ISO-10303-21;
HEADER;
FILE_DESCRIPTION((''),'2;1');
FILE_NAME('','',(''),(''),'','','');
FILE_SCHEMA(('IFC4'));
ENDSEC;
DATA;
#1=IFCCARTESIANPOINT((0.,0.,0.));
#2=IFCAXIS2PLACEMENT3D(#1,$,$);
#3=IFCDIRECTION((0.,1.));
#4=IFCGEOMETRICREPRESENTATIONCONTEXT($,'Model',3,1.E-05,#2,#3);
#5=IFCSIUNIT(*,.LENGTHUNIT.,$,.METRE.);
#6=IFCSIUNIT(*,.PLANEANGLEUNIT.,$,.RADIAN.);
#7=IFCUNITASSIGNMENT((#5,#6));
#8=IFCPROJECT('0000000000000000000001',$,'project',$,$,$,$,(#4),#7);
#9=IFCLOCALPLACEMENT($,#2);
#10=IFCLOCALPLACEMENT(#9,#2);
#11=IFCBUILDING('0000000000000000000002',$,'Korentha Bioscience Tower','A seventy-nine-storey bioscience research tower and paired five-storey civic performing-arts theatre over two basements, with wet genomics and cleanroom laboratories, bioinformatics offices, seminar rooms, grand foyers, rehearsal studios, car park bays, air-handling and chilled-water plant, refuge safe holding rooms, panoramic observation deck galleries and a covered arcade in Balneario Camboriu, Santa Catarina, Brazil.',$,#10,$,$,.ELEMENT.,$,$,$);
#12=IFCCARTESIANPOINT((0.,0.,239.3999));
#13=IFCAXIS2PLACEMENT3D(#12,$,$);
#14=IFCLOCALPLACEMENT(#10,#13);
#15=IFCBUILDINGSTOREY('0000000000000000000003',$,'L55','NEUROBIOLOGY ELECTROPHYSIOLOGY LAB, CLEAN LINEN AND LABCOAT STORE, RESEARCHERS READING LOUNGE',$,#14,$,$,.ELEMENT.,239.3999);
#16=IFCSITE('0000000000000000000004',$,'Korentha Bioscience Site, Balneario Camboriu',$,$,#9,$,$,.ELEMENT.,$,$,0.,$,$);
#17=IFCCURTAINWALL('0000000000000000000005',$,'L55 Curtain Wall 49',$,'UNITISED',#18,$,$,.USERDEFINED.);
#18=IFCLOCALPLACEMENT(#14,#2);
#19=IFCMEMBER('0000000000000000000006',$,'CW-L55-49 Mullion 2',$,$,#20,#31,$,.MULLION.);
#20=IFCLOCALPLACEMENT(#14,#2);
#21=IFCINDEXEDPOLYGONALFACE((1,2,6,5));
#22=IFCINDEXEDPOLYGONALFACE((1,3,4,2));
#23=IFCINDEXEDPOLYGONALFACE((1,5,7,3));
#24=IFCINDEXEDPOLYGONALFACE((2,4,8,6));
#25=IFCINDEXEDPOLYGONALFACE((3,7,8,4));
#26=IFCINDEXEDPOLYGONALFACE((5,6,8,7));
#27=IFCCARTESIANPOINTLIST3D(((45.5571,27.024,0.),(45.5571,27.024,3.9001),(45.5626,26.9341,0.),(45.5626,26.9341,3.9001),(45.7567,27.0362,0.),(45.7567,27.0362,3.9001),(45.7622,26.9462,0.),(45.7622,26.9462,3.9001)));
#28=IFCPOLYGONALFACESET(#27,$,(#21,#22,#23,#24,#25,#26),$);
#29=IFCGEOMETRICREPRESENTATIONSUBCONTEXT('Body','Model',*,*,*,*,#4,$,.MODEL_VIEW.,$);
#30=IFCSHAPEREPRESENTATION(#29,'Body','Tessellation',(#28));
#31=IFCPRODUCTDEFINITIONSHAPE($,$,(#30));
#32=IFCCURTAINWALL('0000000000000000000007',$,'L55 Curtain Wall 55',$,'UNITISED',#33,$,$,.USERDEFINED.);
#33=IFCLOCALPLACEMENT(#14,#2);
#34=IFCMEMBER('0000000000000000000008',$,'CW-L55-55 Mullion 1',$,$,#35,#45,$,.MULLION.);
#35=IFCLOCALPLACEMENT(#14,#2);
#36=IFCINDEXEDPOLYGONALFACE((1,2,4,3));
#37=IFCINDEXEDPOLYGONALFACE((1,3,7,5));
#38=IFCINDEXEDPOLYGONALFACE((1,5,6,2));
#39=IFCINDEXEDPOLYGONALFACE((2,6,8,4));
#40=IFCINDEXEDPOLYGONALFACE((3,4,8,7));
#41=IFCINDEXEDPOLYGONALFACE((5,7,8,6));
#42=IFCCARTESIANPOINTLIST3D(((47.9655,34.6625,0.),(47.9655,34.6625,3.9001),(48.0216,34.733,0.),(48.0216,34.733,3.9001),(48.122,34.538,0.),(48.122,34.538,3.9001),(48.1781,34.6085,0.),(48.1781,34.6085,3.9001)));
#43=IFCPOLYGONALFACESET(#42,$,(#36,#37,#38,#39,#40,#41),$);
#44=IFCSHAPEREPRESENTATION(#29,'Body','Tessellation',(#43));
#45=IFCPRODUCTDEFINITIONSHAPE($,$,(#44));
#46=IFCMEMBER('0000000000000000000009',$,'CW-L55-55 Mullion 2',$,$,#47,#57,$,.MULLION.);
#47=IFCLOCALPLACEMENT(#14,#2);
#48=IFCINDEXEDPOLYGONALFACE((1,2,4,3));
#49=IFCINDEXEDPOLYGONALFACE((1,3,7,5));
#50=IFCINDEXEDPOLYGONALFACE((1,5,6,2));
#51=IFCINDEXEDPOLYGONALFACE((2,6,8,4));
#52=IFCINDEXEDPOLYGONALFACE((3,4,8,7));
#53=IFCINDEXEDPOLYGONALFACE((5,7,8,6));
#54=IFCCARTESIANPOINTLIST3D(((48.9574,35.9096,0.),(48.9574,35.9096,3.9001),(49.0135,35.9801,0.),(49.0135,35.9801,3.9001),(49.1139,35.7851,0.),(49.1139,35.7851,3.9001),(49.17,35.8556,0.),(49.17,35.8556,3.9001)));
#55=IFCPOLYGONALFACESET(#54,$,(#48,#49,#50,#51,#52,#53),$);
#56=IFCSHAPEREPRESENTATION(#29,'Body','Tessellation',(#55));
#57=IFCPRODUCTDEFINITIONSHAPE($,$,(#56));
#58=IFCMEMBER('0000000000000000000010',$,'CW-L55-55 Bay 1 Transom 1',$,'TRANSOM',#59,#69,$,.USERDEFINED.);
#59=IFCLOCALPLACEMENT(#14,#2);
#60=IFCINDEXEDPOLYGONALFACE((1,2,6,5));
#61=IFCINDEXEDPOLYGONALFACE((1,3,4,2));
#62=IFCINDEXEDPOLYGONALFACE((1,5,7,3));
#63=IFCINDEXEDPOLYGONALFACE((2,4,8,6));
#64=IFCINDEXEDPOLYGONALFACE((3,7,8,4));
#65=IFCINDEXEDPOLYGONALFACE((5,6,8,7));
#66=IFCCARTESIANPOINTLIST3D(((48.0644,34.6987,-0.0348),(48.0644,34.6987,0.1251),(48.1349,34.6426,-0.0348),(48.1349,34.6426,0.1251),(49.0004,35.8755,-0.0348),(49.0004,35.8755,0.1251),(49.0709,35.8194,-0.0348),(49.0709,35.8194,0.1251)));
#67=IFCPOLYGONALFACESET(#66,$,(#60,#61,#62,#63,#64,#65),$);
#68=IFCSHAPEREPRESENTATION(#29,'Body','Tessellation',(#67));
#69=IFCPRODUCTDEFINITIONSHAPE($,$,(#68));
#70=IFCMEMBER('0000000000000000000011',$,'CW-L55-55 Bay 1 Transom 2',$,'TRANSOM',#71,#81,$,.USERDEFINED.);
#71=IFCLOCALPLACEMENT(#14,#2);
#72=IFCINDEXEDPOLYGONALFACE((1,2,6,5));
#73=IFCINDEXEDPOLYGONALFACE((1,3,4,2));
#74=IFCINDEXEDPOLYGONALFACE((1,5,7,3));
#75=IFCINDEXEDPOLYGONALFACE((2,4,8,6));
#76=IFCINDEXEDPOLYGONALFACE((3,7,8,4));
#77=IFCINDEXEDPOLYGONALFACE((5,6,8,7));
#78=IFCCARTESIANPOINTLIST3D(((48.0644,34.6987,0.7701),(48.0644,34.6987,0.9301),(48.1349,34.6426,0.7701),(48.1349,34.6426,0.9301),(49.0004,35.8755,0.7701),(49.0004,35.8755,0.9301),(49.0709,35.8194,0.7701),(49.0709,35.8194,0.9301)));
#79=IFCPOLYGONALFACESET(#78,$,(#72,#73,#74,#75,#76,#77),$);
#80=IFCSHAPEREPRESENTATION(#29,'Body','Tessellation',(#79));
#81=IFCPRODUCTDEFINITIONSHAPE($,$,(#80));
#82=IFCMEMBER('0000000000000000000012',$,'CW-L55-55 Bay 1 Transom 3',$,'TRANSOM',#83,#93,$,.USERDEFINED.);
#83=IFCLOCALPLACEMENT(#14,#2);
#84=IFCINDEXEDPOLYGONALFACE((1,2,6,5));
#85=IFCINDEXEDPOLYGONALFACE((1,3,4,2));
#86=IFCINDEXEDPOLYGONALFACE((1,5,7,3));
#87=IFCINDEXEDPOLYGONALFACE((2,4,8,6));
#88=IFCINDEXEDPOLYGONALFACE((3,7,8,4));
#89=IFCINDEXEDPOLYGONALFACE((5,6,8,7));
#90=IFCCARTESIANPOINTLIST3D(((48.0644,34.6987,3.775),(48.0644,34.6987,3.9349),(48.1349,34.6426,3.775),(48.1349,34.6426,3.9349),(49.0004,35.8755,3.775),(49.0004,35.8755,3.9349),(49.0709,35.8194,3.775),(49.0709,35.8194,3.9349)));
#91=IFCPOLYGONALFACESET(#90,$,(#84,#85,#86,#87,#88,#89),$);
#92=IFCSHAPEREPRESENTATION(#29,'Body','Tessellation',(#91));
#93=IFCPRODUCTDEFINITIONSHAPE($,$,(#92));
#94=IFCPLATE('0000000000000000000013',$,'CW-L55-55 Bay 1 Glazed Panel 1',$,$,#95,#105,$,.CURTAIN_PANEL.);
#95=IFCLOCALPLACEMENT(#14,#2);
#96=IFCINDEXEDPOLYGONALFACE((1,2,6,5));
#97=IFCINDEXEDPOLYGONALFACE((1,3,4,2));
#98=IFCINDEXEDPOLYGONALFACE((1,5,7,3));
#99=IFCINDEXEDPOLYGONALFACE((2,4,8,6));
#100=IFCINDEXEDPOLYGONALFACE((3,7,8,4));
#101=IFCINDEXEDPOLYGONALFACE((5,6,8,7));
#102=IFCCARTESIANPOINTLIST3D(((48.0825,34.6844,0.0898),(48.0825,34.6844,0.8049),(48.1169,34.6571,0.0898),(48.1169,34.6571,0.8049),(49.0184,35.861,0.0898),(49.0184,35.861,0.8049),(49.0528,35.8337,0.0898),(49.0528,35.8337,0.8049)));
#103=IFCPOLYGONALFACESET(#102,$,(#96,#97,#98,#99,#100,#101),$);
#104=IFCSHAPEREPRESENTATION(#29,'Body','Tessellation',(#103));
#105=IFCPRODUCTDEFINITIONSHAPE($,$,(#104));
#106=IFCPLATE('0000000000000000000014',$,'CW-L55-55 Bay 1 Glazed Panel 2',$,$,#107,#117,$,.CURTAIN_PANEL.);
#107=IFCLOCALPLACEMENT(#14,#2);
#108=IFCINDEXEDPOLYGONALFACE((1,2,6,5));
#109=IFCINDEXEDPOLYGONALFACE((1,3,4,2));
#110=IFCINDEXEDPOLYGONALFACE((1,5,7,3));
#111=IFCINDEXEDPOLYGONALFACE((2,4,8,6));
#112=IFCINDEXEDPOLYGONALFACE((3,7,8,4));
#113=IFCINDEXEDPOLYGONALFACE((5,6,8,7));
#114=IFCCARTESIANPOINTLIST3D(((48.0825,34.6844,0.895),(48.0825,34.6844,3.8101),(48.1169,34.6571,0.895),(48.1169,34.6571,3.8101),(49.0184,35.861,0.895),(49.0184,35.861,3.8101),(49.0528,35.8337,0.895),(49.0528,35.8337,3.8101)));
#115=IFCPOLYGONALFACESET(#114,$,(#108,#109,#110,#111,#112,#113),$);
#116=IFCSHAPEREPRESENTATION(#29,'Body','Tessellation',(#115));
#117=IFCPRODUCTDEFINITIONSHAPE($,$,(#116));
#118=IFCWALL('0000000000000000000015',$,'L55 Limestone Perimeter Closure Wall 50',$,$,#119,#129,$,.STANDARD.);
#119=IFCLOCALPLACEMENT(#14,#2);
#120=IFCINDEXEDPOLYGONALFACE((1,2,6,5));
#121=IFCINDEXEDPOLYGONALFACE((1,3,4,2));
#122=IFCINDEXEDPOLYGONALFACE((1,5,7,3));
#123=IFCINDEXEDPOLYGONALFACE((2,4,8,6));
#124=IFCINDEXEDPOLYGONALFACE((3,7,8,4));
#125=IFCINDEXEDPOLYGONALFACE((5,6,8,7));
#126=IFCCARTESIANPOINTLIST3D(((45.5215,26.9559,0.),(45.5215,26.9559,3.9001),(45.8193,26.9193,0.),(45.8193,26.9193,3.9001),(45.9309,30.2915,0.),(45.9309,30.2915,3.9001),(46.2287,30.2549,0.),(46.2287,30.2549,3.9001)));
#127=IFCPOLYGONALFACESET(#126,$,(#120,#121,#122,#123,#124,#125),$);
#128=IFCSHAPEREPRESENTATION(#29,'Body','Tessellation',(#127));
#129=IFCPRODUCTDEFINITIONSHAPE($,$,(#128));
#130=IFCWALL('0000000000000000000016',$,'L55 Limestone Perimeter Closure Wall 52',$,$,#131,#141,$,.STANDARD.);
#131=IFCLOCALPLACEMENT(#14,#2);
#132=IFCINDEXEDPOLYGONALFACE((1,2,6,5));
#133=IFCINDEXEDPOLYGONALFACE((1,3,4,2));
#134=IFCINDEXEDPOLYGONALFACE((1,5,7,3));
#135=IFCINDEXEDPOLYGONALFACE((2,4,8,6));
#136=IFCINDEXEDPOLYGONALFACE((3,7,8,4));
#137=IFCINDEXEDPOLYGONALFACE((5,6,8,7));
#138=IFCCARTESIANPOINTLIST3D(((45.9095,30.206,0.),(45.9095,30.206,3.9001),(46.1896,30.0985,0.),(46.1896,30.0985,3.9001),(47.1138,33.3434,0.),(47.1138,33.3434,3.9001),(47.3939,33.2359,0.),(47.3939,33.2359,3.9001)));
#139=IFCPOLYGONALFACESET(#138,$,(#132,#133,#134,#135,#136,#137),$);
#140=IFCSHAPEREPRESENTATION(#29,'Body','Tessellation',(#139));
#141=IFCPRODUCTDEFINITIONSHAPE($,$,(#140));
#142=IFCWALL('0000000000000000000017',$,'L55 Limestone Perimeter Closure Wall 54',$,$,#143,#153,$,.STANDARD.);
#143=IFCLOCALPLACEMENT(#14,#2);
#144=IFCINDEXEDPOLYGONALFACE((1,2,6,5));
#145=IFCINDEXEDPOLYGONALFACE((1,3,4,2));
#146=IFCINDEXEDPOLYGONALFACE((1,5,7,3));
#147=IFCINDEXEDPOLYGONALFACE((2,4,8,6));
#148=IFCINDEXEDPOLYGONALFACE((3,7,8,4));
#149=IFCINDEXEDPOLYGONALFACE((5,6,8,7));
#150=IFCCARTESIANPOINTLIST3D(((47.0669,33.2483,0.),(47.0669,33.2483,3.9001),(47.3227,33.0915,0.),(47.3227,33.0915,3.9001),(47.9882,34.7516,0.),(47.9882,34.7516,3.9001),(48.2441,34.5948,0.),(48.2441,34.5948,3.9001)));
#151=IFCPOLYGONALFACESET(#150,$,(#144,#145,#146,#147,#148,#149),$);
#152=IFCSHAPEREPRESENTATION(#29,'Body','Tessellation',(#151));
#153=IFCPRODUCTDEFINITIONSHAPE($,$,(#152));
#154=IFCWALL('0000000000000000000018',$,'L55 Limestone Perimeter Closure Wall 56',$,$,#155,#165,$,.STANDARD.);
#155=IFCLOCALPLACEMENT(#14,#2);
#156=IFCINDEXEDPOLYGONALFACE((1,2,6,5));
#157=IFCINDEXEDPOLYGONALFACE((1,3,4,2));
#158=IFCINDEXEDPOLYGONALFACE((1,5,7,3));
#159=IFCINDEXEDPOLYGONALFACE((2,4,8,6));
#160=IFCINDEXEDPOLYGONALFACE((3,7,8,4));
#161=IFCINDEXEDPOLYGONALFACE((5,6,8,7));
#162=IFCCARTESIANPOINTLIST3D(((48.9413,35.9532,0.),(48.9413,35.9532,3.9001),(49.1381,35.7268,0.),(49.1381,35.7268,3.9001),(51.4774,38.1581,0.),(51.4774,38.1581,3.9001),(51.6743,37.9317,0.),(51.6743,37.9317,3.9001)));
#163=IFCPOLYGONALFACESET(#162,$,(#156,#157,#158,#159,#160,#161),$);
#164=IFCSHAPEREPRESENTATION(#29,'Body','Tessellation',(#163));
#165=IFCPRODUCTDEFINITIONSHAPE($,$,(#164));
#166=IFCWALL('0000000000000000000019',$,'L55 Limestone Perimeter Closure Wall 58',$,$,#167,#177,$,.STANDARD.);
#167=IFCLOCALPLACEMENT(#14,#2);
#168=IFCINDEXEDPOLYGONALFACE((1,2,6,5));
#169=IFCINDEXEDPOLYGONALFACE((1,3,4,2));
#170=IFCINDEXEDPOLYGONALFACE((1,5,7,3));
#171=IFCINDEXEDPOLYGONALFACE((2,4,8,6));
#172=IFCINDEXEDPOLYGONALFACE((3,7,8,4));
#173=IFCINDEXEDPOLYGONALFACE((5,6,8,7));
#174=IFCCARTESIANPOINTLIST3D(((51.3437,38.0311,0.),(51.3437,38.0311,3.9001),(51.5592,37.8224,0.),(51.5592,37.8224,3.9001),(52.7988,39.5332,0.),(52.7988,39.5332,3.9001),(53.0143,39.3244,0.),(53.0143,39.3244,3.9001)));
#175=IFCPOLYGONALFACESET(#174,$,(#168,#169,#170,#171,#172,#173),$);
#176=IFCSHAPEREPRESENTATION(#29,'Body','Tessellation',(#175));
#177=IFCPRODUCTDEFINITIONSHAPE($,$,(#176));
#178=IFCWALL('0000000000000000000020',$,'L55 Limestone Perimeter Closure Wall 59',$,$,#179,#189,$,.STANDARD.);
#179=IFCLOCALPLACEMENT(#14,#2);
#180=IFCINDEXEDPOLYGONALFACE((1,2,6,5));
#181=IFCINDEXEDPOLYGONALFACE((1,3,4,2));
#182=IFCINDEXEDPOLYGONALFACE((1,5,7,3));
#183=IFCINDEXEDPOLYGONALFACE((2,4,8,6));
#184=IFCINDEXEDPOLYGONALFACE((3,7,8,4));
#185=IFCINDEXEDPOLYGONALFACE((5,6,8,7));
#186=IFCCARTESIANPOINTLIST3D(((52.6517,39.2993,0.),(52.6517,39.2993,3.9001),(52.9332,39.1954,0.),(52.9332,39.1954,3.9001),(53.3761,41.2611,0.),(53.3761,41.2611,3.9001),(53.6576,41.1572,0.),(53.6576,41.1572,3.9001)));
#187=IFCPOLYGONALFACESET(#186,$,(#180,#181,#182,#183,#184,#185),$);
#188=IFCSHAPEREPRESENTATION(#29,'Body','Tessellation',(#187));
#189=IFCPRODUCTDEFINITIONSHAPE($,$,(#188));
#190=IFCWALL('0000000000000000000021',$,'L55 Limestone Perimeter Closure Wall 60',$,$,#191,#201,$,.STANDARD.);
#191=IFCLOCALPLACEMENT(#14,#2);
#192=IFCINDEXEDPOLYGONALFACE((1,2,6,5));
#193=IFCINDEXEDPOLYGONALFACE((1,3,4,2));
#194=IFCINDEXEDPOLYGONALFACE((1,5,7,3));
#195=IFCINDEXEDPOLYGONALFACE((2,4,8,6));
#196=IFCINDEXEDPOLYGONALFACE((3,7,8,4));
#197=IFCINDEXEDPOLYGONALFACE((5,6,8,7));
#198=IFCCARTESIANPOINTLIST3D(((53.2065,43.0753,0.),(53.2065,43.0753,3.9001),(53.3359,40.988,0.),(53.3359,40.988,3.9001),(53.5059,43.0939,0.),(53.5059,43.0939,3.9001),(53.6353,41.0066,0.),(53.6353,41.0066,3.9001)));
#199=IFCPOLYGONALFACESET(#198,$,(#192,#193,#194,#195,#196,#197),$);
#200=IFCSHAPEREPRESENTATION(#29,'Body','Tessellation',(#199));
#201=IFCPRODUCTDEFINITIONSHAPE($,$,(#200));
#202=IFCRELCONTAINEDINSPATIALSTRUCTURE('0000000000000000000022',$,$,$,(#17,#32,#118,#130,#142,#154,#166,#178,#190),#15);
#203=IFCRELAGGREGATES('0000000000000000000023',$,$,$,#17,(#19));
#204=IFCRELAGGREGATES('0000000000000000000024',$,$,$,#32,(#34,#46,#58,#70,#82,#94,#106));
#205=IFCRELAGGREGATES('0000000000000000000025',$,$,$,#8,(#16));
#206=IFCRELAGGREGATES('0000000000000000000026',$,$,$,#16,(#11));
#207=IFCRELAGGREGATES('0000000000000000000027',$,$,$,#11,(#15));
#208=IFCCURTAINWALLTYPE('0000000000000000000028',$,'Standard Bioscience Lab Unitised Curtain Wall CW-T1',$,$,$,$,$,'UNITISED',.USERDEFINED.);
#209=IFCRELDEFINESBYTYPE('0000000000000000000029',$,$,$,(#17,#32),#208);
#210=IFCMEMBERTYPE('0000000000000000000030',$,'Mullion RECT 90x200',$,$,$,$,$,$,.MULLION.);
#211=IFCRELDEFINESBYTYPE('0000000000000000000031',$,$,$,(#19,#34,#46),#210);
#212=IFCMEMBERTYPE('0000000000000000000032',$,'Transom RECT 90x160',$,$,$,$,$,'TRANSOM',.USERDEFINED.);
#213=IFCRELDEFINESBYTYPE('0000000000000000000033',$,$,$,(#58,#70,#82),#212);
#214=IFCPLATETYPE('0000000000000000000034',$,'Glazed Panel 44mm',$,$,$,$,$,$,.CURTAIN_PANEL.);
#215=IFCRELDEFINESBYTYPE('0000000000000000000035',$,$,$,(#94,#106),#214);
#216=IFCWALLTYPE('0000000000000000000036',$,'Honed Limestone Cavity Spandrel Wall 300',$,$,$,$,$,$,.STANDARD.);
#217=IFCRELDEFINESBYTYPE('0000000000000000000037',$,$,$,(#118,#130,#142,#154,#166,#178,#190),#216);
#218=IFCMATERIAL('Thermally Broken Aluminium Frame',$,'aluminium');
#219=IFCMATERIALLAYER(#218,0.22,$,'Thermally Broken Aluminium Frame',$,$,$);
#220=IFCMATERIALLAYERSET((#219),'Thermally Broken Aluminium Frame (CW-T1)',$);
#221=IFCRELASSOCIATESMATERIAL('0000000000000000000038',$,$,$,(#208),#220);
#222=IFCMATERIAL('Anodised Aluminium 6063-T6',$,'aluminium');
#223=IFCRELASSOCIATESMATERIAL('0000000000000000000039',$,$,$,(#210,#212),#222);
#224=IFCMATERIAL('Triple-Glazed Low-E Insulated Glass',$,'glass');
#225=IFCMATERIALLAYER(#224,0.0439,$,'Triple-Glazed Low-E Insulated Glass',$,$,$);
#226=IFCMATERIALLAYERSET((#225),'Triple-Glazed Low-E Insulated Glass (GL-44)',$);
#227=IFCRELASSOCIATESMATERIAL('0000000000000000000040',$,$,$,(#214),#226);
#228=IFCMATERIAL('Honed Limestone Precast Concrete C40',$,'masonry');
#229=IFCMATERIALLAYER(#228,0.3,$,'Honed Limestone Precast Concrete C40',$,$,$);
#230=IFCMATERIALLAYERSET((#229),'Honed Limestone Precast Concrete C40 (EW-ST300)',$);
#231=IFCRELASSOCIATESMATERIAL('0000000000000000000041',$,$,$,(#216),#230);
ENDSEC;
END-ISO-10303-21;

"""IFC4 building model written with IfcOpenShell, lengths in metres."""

from ifc_helpers import new_model, si_unit, direction, frame, frame_2d, origin, origin_2d, place, context, subcontext, project, spatial, rectangle, extrude, material, layer, layer_set, material_profile, profile_set, type_object, element, aggregate, save


model = new_model("IFC4")

# Units and contexts
model_context = context("Model", 3, precision=1e-05, world=origin(), true_north=direction((0.0, 1.0)))
body_context = subcontext(model_context, "Body", "Model", "MODEL_VIEW")
ifc_project = project(units=[si_unit("LENGTHUNIT", "METRE"), si_unit("PLANEANGLEUNIT", "RADIAN")], contexts=[model_context])

# Site, building, storey
site_placement = place(None, origin())
site = spatial("IfcSite", under=ifc_project, at=site_placement, Name="Korentha Bioscience Site, Balneario Camboriu", CompositionType="ELEMENT", RefElevation=0.0)
building_placement = place(site_placement, origin())
building = spatial("IfcBuilding", under=site, at=building_placement, Name="Korentha Bioscience Tower", Description="A seventy-nine-storey bioscience research tower and paired five-storey civic performing-arts theatre over two basements, with wet genomics and cleanroom laboratories, bioinformatics offices, seminar rooms, grand foyers, rehearsal studios, car park bays, air-handling and chilled-water plant, refuge safe holding rooms, panoramic observation deck galleries and a covered arcade in Balneario Camboriu, Santa Catarina, Brazil.", CompositionType="ELEMENT")
storey_placement = place(building_placement, frame((0.0, 0.0, 239.3999)))
storey = spatial("IfcBuildingStorey", under=building, at=storey_placement, Name="L55", Description="NEUROBIOLOGY ELECTROPHYSIOLOGY LAB, CLEAN LINEN AND LABCOAT STORE, RESEARCHERS READING LOUNGE", CompositionType="ELEMENT", Elevation=239.3999)

# Curtain wall, member
ifc_material_1 = material(Name="Thermally Broken Aluminium Frame", Category="aluminium")
ifc_layer_1 = layer(ifc_material_1, 0.22, Name="Thermally Broken Aluminium Frame")
ifc_layer_set_1 = layer_set([ifc_layer_1], Name="Thermally Broken Aluminium Frame (CW-T1)")
curtain_wall_type = type_object("IfcCurtainWallType", Name="Standard Bioscience Lab Unitised Curtain Wall CW-T1", ElementType="UNITISED", PredefinedType="USERDEFINED", material=ifc_layer_set_1)
curtain_wall_1_placement = place(storey_placement, origin())
curtain_wall_1 = element("IfcCurtainWall", 1, at=curtain_wall_1_placement, inside=storey, type_object=curtain_wall_type, Name="L55 Curtain Wall 49", ObjectType="UNITISED", PredefinedType="USERDEFINED")
ifc_material_2 = material(Name="Anodised Aluminium 6063-T6", Category="aluminium")
ifc_material_profile_1 = material_profile(ifc_material_2, rectangle(XDim=0.0901, YDim=0.2, at=origin_2d()), Name="Anodised Aluminium 6063-T6")
ifc_profile_set_1 = profile_set([ifc_material_profile_1], Name="Anodised Aluminium 6063-T6 (CW-MUL)")
member_type_1 = type_object("IfcMemberType", Name="Mullion RECT 90x200", PredefinedType="MULLION", material=ifc_profile_set_1)
member_1_placement = place(storey_placement, frame((45.6597, 26.9851, 0.0), z_axis=(0.0, 0.0, 1.0), x_axis=(-0.060954, 0.998141, 0.0)))
member_1 = element("IfcMember", 2, at=member_1_placement, type_object=member_type_1, Name="CW-L55-49 Mullion 2", PredefinedType="MULLION", context=body_context, shape_type="SweptSolid", body=[
    extrude(rectangle(XDim=0.0901, YDim=0.2, at=origin_2d()), origin(), (0.0, 0.0, 1.0), 3.9001),
])
aggregate(curtain_wall_1, [member_1])

# Curtain wall, members, plates
curtain_wall_2_placement = place(storey_placement, origin())
curtain_wall_2 = element("IfcCurtainWall", 3, at=curtain_wall_2_placement, inside=storey, type_object=curtain_wall_type, Name="L55 Curtain Wall 55", ObjectType="UNITISED", PredefinedType="USERDEFINED")
member_2_placement = place(storey_placement, frame((48.0718, 34.6355, 0.0), z_axis=(0.0, 0.0, 1.0), x_axis=(0.622512, 0.78261, 0.0)))
member_2 = element("IfcMember", 4, at=member_2_placement, type_object=member_type_1, Name="CW-L55-55 Mullion 1", PredefinedType="MULLION", context=body_context, shape_type="SweptSolid", body=[
    extrude(rectangle(XDim=0.0901, YDim=0.2, at=origin_2d()), origin(), (0.0, 0.0, 1.0), 3.9001),
])
member_3_placement = place(storey_placement, frame((49.0637, 35.8826, 0.0), z_axis=(0.0, 0.0, 1.0), x_axis=(0.622512, 0.78261, 0.0)))
member_3 = element("IfcMember", 5, at=member_3_placement, type_object=member_type_1, Name="CW-L55-55 Mullion 2", PredefinedType="MULLION", context=body_context, shape_type="SweptSolid", body=[
    extrude(rectangle(XDim=0.0901, YDim=0.2, at=origin_2d()), origin(), (0.0, 0.0, 1.0), 3.9001),
])
ifc_material_profile_2 = material_profile(ifc_material_2, rectangle(XDim=0.0901, YDim=0.1599, at=origin_2d()), Name="Anodised Aluminium 6063-T6")
ifc_profile_set_2 = profile_set([ifc_material_profile_2], Name="Anodised Aluminium 6063-T6 (CW-TRN)")
member_type_2 = type_object("IfcMemberType", Name="Transom RECT 90x160", ElementType="TRANSOM", PredefinedType="USERDEFINED", material=ifc_profile_set_2)
member_4_placement = place(storey_placement, frame((48.0996, 34.6707, 0.0452), z_axis=(0.622515, 0.782608, 0.0), x_axis=(-0.782608, 0.622515, 0.0)))
member_4 = element("IfcMember", 6, at=member_4_placement, type_object=member_type_2, Name="CW-L55-55 Bay 1 Transom 1", ObjectType="TRANSOM", PredefinedType="USERDEFINED", context=body_context, shape_type="SweptSolid", body=[
    extrude(rectangle(XDim=0.0901, YDim=0.1599, at=origin_2d()), origin(), (0.0, 0.0, 1.0), 1.5037),
])
member_5_placement = place(storey_placement, frame((48.0996, 34.6707, 0.8501), z_axis=(0.622515, 0.782608, 0.0), x_axis=(-0.782608, 0.622515, 0.0)))
member_5 = element("IfcMember", 7, at=member_5_placement, type_object=member_type_2, Name="CW-L55-55 Bay 1 Transom 2", ObjectType="TRANSOM", PredefinedType="USERDEFINED", context=body_context, shape_type="SweptSolid", body=[
    extrude(rectangle(XDim=0.0901, YDim=0.1599, at=origin_2d()), origin(), (0.0, 0.0, 1.0), 1.5037),
])
member_6_placement = place(storey_placement, frame((48.0996, 34.6707, 3.855), z_axis=(0.622515, 0.782608, 0.0), x_axis=(-0.782608, 0.622515, 0.0)))
member_6 = element("IfcMember", 8, at=member_6_placement, type_object=member_type_2, Name="CW-L55-55 Bay 1 Transom 3", ObjectType="TRANSOM", PredefinedType="USERDEFINED", context=body_context, shape_type="SweptSolid", body=[
    extrude(rectangle(XDim=0.0901, YDim=0.1599, at=origin_2d()), origin(), (0.0, 0.0, 1.0), 1.5037),
])
ifc_material_3 = material(Name="Triple-Glazed Low-E Insulated Glass", Category="glass")
ifc_layer_2 = layer(ifc_material_3, 0.0439, Name="Triple-Glazed Low-E Insulated Glass")
ifc_layer_set_2 = layer_set([ifc_layer_2], Name="Triple-Glazed Low-E Insulated Glass (GL-44)")
plate_type = type_object("IfcPlateType", Name="Glazed Panel 44mm", PredefinedType="CURTAIN_PANEL", material=ifc_layer_set_2)
plate_1_placement = place(storey_placement, frame((48.5676, 35.259, 0.0898), z_axis=(0.0, 0.0, 1.0), x_axis=(0.622512, 0.78261, 0.0)))
plate_1 = element("IfcPlate", 9, at=plate_1_placement, type_object=plate_type, Name="CW-L55-55 Bay 1 Glazed Panel 1", PredefinedType="CURTAIN_PANEL", context=body_context, shape_type="SweptSolid", body=[
    extrude(rectangle(XDim=1.5034, YDim=0.0439, at=origin_2d()), origin(), (0.0, 0.0, 1.0), 0.7151),
])
plate_2_placement = place(storey_placement, frame((48.5676, 35.259, 0.895), z_axis=(0.0, 0.0, 1.0), x_axis=(0.622512, 0.78261, 0.0)))
plate_2 = element("IfcPlate", 10, at=plate_2_placement, type_object=plate_type, Name="CW-L55-55 Bay 1 Glazed Panel 2", PredefinedType="CURTAIN_PANEL", context=body_context, shape_type="SweptSolid", body=[
    extrude(rectangle(XDim=1.5034, YDim=0.0439, at=origin_2d()), origin(), (0.0, 0.0, 1.0), 2.915),
])
aggregate(curtain_wall_2, [member_2, member_3, member_4, member_5, member_6, plate_1, plate_2])

# Walls
ifc_material_4 = material(Name="Honed Limestone Precast Concrete C40", Category="masonry")
ifc_layer_3 = layer(ifc_material_4, 0.3, Name="Honed Limestone Precast Concrete C40")
ifc_layer_set_3 = layer_set([ifc_layer_3], Name="Honed Limestone Precast Concrete C40 (EW-ST300)")
wall_type = type_object("IfcWallType", Name="Honed Limestone Cavity Spandrel Wall 300", PredefinedType="STANDARD", material=ifc_layer_set_3)
for number, where, z_axis, x_axis, name in (
    (11, (45.6704, 26.9377, 0.0), (0.0, 0.0, 1.0), (0.121835, 0.99255, 0.0), "L55 Limestone Perimeter Closure Wall 50"),
    (12, (46.0496, 30.1523, 0.0), (0.0, 0.0, 1.0), (0.358366, 0.933581, 0.0), "L55 Limestone Perimeter Closure Wall 52"),
):
    element("IfcWall", number, at=place(storey_placement, frame(where, z_axis=z_axis, x_axis=x_axis)), inside=storey, type_object=wall_type, Name=name, PredefinedType="STANDARD", context=body_context, shape_type="SweptSolid", body=[
        extrude(rectangle(XDim=3.3606, YDim=0.3, at=frame_2d((1.6802, 0.0))), origin(), (0.0, 0.0, 1.0), 3.9001),
    ])
wall_1_placement = place(storey_placement, frame((47.1948, 33.1699, 0.0), z_axis=(0.0, 0.0, 1.0), x_axis=(0.522536, 0.852617, 0.0)))
element("IfcWall", 13, at=wall_1_placement, inside=storey, type_object=wall_type, Name="L55 Limestone Perimeter Closure Wall 54", PredefinedType="STANDARD", context=body_context, shape_type="SweptSolid", body=[
    extrude(rectangle(XDim=1.7632, YDim=0.3, at=frame_2d((0.8816, 0.0))), origin(), (0.0, 0.0, 1.0), 3.9001),
])
wall_2_placement = place(storey_placement, frame((49.0398, 35.8401, 0.0), z_axis=(0.0, 0.0, 1.0), x_axis=(0.754679, 0.656094, 0.0)))
element("IfcWall", 14, at=wall_2_placement, inside=storey, type_object=wall_type, Name="L55 Limestone Perimeter Closure Wall 56", PredefinedType="STANDARD", context=body_context, shape_type="SweptSolid", body=[
    extrude(rectangle(XDim=3.3606, YDim=0.3, at=frame_2d((1.6802, 0.0))), origin(), (0.0, 0.0, 1.0), 3.9001),
])
for number, where, z_axis, x_axis, name in (
    (15, (51.4514, 37.9268, 0.0), (0.0, 0.0, 1.0), (0.69581, 0.718226, 0.0), "L55 Limestone Perimeter Closure Wall 58"),
    (16, (52.7925, 39.2473, 0.0), (0.0, 0.0, 1.0), (0.34636, 0.938102, 0.0), "L55 Limestone Perimeter Closure Wall 59"),
    (17, (53.4856, 40.9973, 0.0), (0.0, 0.0, 1.0), (-0.06187, 0.998084, 0.0), "L55 Limestone Perimeter Closure Wall 60"),
):
    element("IfcWall", number, at=place(storey_placement, frame(where, z_axis=z_axis, x_axis=x_axis)), inside=storey, type_object=wall_type, Name=name, PredefinedType="STANDARD", context=body_context, shape_type="SweptSolid", body=[
        extrude(rectangle(XDim=2.0913, YDim=0.3, at=frame_2d((1.0457, 0.0))), origin(), (0.0, 0.0, 1.0), 3.9001),
    ])

save(model, "model.ifc")
